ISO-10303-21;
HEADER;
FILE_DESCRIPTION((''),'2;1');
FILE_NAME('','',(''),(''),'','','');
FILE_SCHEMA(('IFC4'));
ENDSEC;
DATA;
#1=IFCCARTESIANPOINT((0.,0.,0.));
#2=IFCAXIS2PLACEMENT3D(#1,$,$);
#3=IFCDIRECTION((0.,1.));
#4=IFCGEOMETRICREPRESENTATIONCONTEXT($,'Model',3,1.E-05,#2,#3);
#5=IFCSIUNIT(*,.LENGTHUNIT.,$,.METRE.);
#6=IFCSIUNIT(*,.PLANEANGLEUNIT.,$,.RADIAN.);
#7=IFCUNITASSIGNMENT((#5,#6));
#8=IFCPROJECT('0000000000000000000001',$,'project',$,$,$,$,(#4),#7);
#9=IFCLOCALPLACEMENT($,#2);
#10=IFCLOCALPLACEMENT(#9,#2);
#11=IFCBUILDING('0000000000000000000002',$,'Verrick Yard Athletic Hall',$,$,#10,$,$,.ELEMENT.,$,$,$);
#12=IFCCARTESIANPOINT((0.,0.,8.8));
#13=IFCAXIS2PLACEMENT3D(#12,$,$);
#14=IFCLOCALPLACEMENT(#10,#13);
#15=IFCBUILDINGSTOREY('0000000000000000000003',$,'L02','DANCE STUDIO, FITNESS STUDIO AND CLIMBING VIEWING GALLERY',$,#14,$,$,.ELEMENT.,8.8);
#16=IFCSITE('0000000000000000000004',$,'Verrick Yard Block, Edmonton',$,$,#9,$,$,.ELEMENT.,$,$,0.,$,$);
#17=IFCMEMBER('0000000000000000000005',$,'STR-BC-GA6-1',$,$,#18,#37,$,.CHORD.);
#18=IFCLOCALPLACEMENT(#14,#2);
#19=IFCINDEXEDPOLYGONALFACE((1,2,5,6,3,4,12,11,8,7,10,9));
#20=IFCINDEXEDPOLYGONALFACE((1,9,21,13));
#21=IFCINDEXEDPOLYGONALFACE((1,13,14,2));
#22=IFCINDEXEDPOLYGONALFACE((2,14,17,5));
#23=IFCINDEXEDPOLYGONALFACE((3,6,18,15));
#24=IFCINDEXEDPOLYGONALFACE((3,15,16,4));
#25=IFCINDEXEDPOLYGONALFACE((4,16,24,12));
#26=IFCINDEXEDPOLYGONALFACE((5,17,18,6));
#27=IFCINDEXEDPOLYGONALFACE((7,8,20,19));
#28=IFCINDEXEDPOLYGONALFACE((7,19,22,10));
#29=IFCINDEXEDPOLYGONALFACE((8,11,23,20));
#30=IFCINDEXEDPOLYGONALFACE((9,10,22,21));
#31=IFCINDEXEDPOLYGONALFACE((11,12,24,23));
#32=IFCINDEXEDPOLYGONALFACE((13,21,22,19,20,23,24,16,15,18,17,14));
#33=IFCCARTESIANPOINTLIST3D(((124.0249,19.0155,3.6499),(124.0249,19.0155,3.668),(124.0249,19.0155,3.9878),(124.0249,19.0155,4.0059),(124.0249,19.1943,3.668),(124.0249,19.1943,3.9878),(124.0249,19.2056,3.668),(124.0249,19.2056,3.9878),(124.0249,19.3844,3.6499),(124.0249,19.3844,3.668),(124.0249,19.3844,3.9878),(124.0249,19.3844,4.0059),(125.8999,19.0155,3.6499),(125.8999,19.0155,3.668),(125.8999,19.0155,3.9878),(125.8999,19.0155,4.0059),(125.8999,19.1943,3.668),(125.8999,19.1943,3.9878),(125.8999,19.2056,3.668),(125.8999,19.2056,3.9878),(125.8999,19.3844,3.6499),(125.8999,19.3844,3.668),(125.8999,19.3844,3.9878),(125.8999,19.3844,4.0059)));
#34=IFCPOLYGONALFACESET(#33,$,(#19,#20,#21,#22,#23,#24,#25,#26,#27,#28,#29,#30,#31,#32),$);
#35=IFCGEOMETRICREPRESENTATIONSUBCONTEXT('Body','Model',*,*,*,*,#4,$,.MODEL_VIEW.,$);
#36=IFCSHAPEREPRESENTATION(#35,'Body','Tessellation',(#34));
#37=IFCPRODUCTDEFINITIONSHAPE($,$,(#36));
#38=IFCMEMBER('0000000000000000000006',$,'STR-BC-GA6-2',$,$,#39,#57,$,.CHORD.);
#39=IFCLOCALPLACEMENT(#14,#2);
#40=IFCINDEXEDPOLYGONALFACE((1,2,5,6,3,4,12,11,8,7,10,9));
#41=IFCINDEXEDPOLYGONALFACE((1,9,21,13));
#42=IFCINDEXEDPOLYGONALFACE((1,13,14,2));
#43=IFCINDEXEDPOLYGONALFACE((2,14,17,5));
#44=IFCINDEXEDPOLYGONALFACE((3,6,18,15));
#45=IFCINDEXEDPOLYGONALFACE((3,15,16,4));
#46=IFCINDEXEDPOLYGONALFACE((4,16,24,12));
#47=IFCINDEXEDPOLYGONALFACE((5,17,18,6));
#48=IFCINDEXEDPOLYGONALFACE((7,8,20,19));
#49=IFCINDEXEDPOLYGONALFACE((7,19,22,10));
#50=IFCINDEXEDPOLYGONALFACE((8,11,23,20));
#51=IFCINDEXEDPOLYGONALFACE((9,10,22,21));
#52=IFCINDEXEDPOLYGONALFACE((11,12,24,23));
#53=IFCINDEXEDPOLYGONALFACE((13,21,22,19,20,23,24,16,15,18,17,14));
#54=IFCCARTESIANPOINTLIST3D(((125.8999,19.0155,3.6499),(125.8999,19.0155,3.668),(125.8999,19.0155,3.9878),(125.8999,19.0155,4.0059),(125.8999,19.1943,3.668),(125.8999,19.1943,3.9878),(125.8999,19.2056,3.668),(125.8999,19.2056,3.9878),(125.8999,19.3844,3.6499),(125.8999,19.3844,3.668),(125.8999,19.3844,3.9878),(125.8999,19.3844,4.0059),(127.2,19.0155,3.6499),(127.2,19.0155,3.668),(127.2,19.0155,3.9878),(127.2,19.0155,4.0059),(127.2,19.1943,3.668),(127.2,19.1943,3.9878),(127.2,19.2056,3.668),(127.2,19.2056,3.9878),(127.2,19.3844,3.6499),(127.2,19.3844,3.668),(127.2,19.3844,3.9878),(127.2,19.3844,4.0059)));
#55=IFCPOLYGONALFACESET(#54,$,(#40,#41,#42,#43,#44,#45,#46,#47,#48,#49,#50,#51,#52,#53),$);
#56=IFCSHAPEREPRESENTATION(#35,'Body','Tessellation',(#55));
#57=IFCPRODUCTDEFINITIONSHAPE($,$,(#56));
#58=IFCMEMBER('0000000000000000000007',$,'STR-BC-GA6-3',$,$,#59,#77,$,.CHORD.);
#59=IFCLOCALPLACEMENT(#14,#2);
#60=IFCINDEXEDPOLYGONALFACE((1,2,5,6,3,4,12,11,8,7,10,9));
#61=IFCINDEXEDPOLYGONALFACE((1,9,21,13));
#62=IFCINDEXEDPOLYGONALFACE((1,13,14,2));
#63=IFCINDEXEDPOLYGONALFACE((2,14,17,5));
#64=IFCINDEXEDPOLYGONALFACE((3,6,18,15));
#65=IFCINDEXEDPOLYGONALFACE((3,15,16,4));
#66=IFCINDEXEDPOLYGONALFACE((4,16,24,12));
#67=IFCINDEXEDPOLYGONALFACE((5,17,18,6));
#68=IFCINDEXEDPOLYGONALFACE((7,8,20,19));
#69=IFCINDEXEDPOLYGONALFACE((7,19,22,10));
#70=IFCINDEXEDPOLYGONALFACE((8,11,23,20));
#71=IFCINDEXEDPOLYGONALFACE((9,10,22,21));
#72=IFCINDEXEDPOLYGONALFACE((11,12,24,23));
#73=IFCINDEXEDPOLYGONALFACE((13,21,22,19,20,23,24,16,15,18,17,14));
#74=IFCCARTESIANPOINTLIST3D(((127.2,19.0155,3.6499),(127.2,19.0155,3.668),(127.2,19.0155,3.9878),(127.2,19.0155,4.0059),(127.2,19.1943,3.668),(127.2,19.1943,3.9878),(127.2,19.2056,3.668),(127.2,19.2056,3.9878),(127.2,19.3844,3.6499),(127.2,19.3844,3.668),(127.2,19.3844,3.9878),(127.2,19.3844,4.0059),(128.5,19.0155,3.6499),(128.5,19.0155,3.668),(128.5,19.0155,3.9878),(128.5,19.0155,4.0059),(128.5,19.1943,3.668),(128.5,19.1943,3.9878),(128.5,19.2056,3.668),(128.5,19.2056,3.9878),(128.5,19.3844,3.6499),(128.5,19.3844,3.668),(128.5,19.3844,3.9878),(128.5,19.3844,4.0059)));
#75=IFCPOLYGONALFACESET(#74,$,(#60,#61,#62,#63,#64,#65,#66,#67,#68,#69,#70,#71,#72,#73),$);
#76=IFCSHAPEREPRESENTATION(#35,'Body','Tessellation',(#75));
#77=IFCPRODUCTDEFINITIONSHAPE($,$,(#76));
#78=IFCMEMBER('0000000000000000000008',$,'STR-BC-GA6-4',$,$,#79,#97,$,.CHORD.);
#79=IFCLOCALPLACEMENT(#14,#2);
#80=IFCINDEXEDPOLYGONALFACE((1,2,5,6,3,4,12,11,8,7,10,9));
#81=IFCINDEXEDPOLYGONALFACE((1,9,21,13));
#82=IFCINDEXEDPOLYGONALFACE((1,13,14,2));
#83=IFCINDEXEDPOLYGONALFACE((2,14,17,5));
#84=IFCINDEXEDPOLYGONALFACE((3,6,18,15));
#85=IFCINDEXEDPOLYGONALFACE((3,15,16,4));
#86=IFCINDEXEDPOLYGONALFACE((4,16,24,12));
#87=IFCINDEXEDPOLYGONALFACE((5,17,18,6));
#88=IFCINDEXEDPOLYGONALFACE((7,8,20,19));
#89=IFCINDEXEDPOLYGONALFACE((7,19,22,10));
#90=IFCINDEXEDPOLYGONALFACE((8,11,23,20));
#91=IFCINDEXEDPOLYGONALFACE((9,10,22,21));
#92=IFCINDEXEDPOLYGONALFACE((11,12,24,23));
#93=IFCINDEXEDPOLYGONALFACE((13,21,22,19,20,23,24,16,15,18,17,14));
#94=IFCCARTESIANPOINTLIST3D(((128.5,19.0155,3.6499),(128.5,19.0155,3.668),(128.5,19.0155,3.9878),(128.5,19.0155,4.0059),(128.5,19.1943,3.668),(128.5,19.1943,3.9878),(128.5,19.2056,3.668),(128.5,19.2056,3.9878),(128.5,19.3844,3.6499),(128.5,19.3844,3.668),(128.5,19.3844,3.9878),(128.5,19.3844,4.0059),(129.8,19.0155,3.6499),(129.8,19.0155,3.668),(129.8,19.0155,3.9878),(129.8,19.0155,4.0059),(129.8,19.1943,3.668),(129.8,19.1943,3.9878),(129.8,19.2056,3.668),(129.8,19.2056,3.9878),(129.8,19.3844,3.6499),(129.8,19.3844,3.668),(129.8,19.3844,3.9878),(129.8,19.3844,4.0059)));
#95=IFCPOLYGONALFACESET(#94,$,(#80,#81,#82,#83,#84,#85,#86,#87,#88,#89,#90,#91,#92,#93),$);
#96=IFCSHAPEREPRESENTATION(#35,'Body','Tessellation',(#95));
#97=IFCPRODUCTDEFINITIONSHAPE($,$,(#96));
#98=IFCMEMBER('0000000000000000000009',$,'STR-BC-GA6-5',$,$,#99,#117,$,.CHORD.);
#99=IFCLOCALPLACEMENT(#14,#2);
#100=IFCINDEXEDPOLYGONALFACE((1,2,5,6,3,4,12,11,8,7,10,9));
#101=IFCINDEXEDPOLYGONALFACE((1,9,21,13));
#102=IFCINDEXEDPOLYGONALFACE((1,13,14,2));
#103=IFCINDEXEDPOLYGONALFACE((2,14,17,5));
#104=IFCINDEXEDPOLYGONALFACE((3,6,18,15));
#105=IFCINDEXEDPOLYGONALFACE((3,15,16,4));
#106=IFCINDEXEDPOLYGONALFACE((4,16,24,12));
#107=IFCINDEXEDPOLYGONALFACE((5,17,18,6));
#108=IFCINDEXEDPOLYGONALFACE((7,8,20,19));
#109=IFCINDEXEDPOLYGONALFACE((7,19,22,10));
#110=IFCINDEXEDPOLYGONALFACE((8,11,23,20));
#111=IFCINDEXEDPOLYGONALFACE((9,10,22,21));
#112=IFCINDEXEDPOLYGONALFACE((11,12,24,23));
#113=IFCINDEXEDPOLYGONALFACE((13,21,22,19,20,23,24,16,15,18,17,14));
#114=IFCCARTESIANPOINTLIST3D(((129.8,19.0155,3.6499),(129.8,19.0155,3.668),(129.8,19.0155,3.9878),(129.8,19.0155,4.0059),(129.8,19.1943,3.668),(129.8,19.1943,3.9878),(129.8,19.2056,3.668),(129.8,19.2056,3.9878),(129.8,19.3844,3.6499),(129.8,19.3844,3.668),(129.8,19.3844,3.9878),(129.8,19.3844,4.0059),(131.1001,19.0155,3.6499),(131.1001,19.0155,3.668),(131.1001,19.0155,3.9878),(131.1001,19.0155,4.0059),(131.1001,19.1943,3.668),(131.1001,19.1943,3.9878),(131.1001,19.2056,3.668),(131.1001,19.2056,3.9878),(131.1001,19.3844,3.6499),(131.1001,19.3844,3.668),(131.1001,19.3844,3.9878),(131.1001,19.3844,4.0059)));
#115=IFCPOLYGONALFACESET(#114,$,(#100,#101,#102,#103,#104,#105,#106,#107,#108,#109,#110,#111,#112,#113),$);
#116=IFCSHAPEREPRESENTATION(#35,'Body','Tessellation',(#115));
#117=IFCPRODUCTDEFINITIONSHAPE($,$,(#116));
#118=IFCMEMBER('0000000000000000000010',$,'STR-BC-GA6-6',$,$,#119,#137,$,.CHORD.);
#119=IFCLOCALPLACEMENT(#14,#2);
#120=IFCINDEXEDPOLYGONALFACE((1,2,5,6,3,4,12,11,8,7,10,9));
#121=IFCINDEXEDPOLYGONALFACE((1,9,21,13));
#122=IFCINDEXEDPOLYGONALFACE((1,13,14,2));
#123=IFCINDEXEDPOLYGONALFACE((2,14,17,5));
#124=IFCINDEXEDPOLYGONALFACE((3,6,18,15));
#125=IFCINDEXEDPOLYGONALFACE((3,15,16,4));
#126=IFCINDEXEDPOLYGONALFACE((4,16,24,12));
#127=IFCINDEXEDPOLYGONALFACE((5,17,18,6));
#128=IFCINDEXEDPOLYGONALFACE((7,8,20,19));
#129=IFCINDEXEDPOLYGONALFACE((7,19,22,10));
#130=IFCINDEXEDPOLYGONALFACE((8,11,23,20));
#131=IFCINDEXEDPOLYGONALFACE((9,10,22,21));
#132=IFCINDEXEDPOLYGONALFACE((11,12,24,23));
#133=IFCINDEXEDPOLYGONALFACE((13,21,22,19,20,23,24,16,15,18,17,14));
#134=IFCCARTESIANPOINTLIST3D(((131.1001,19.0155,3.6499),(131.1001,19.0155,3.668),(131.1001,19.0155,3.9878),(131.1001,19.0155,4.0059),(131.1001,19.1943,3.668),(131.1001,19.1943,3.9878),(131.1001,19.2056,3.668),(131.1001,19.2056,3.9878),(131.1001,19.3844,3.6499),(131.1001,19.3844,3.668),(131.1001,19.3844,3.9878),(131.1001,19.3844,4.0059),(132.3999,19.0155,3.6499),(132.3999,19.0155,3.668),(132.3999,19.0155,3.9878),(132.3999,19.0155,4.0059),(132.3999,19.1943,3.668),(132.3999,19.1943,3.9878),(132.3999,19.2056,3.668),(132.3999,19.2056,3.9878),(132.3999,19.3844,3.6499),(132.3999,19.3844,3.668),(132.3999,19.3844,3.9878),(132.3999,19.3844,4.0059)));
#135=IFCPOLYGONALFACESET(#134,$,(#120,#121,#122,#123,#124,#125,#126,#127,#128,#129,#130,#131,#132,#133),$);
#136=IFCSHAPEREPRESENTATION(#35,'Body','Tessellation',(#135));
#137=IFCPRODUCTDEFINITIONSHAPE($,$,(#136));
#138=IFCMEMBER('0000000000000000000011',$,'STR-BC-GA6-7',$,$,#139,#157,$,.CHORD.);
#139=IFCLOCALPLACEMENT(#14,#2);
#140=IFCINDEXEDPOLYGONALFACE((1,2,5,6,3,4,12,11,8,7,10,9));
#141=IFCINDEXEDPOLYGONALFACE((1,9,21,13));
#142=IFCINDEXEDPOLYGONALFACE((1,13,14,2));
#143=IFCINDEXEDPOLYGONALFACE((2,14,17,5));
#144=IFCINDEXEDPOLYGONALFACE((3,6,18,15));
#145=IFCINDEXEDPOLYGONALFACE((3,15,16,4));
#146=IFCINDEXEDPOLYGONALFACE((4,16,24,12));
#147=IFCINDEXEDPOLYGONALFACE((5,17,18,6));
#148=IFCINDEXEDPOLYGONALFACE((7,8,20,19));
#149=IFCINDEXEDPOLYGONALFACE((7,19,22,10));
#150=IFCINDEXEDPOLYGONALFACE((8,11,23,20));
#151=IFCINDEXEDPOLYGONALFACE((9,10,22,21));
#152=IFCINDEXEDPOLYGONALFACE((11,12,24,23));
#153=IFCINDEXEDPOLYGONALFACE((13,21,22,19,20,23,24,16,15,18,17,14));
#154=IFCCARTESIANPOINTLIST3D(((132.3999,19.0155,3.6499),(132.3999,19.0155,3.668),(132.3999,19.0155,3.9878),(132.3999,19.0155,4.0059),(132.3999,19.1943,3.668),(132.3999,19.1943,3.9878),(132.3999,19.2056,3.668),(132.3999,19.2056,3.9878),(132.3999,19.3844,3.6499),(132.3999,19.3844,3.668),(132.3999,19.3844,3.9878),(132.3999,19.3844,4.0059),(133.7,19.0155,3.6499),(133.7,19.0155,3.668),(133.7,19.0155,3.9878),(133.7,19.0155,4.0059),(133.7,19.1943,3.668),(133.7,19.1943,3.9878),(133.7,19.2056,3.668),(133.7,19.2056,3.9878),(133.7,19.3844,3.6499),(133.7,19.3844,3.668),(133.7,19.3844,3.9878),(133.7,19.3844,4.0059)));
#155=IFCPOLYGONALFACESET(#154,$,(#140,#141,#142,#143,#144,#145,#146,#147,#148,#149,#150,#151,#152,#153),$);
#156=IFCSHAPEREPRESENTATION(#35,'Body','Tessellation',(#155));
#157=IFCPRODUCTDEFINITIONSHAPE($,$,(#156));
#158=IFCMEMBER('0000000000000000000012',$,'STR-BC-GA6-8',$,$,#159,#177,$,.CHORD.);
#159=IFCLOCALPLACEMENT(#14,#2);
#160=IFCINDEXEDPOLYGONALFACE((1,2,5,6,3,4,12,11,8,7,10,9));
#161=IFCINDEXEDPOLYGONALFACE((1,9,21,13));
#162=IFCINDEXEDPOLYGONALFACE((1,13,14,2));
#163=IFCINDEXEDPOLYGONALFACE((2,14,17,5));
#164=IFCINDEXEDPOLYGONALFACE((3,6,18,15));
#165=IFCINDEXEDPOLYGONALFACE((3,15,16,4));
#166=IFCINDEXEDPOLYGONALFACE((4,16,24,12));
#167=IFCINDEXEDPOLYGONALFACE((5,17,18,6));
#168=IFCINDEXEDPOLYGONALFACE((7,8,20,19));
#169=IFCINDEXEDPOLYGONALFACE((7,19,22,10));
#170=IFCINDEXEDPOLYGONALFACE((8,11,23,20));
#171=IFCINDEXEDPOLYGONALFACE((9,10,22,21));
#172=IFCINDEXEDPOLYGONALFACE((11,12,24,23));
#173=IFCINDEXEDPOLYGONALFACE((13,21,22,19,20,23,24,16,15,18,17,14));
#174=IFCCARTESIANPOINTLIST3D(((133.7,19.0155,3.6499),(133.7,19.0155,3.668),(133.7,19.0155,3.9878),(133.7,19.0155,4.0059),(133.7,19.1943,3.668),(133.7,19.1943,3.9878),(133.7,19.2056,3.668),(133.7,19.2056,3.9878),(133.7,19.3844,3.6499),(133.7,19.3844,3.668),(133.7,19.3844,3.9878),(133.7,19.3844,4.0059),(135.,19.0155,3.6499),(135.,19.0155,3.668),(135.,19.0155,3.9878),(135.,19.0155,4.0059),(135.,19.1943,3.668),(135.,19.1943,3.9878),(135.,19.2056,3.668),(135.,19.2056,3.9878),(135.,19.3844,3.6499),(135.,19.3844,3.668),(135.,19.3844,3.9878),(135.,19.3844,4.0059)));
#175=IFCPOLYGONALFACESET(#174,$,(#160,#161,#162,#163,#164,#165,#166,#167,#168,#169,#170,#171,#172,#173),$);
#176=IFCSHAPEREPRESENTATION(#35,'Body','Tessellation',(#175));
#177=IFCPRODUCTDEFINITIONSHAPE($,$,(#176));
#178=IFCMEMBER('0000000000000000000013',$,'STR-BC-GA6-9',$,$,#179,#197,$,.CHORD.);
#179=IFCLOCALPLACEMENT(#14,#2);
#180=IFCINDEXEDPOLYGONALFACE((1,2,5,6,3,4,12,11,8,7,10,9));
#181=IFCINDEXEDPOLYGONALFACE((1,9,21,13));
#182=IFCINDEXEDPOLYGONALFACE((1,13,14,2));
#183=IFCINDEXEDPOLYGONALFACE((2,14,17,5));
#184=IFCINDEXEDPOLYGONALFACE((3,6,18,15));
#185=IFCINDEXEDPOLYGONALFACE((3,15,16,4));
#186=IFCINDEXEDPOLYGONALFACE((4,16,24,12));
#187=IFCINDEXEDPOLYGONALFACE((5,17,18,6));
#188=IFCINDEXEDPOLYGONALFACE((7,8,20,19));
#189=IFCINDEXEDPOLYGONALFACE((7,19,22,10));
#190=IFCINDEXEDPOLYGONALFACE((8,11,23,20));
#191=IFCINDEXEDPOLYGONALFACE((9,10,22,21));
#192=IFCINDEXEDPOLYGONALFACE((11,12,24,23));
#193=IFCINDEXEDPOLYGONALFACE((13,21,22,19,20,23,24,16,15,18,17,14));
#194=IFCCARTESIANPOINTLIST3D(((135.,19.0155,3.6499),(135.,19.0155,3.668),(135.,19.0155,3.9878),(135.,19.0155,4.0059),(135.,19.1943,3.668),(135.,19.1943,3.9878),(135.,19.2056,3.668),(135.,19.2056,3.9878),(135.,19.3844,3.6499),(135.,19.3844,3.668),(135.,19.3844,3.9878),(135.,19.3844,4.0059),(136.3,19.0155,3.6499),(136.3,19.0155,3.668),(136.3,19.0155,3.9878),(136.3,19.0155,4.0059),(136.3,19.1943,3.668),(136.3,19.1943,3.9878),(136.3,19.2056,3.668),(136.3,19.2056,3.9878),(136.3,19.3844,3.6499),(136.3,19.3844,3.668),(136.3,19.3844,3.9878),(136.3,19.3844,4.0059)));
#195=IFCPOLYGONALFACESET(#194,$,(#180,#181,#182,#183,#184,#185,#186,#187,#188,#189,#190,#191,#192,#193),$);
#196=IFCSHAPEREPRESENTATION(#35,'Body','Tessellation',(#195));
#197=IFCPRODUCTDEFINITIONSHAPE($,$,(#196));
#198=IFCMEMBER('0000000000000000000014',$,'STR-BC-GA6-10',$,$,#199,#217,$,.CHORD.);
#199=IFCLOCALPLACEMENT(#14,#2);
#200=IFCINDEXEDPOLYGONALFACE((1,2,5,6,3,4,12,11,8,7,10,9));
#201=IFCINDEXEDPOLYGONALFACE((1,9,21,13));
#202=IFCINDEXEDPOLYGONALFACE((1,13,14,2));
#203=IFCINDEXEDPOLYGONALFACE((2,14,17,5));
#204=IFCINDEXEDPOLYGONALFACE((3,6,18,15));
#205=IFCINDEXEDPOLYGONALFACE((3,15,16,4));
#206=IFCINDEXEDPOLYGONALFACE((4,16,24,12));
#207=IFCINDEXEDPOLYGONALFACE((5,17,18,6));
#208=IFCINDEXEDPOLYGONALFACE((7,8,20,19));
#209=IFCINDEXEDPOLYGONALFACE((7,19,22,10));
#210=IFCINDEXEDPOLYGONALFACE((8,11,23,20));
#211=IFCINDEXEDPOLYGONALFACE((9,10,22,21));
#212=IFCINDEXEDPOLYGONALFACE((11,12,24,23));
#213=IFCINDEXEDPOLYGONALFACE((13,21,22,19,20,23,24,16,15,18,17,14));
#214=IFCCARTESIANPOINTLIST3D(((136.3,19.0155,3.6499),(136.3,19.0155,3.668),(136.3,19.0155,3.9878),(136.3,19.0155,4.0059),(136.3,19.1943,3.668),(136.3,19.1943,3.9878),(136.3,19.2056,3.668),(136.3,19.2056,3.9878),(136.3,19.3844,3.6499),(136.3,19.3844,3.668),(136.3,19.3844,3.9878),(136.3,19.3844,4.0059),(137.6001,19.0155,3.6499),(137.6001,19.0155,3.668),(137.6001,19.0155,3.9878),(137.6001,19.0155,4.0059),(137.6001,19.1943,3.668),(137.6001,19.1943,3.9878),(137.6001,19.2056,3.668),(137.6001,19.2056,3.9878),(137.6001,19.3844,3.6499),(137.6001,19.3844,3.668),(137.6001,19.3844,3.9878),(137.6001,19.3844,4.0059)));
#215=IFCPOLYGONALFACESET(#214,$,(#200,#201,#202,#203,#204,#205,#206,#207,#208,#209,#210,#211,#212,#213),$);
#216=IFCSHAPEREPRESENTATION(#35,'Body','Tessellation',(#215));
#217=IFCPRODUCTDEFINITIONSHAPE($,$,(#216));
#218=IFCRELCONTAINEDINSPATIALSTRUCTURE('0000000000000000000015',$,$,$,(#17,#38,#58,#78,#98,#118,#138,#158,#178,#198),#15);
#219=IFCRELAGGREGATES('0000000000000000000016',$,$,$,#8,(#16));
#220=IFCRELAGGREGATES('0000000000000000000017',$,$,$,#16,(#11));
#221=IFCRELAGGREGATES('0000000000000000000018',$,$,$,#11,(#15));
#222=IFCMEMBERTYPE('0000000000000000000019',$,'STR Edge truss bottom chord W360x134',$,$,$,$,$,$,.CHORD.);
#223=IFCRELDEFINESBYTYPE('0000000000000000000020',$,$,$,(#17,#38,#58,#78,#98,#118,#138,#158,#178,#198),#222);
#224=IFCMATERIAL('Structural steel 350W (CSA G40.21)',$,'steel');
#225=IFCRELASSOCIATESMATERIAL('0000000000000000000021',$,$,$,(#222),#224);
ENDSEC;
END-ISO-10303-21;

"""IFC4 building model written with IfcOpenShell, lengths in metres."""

from ifc_helpers import new_model, si_unit, direction, frame, origin, origin_2d, place, context, subcontext, project, spatial, i_section, extrude, material, material_profile, profile_set, type_object, element, save


model = new_model("IFC4")

# Units and contexts
model_context = context("Model", 3, precision=1e-05, world=origin(), true_north=direction((0.0, 1.0)))
body_context = subcontext(model_context, "Body", "Model", "MODEL_VIEW")
ifc_project = project(units=[si_unit("LENGTHUNIT", "METRE"), si_unit("PLANEANGLEUNIT", "RADIAN")], contexts=[model_context])

# Site, building, storey
site_placement = place(None, origin())
site = spatial("IfcSite", under=ifc_project, at=site_placement, Name="Verrick Yard Block, Edmonton", CompositionType="ELEMENT", RefElevation=0.0)
building_placement = place(site_placement, origin())
building = spatial("IfcBuilding", under=site, at=building_placement, Name="Verrick Yard Athletic Hall", CompositionType="ELEMENT")
storey_placement = place(building_placement, frame((0.0, 0.0, 8.8)))
storey = spatial("IfcBuildingStorey", under=building, at=storey_placement, Name="L02", Description="DANCE STUDIO, FITNESS STUDIO AND CLIMBING VIEWING GALLERY", CompositionType="ELEMENT", Elevation=8.8)

# Members
ifc_material_1 = material(Name="Structural steel 350W (CSA G40.21)", Category="steel")
ifc_material_profile_1 = material_profile(ifc_material_1, i_section(OverallWidth=0.3689, OverallDepth=0.356, WebThickness=0.0112, FlangeThickness=0.0181, at=origin_2d()), Name="W360x134")
ifc_profile_set_1 = profile_set([ifc_material_profile_1], Name="Structural steel 350W (CSA G40.21)")
member_type_1 = type_object("IfcMemberType", Name="STR Edge truss bottom chord W360x134", PredefinedType="CHORD", material=ifc_profile_set_1)
member_1_placement = place(storey_placement, frame((124.0249, 19.2, 3.8279), z_axis=(1.0, 0.0, 0.0), x_axis=(0.0, 1.0, 0.0)))
element("IfcMember", 1, at=member_1_placement, inside=storey, type_object=member_type_1, Name="STR-BC-GA6-1", PredefinedType="CHORD", context=body_context, shape_type="SweptSolid", body=[
    extrude(i_section(OverallWidth=0.3689, OverallDepth=0.356, WebThickness=0.0112, FlangeThickness=0.0181, at=origin_2d()), origin(), (0.0, 0.0, 1.0), 1.875),
])
for number, where, z_axis, x_axis, name in (
    (2, (125.8999, 19.2, 3.8279), (1.0, 0.0, 0.0), (0.0, 1.0, 0.0), "STR-BC-GA6-2"),
    (3, (127.2, 19.2, 3.8279), (1.0, 0.0, 0.0), (0.0, 1.0, 0.0), "STR-BC-GA6-3"),
    (4, (128.5, 19.2, 3.8279), (1.0, 0.0, 0.0), (0.0, 1.0, 0.0), "STR-BC-GA6-4"),
    (5, (129.8, 19.2, 3.8279), (1.0, 0.0, 0.0), (0.0, 1.0, 0.0), "STR-BC-GA6-5"),
):
    element("IfcMember", number, at=place(storey_placement, frame(where, z_axis=z_axis, x_axis=x_axis)), inside=storey, type_object=member_type_1, Name=name, PredefinedType="CHORD", context=body_context, shape_type="SweptSolid", body=[
        extrude(i_section(OverallWidth=0.3689, OverallDepth=0.356, WebThickness=0.0112, FlangeThickness=0.0181, at=origin_2d()), origin(), (0.0, 0.0, 1.0), 1.3),
    ])
member_2_placement = place(storey_placement, frame((131.1001, 19.2, 3.8279), z_axis=(1.0, 0.0, 0.0), x_axis=(0.0, 1.0, 0.0)))
element("IfcMember", 6, at=member_2_placement, inside=storey, type_object=member_type_1, Name="STR-BC-GA6-6", PredefinedType="CHORD", context=body_context, shape_type="SweptSolid", body=[
    extrude(i_section(OverallWidth=0.3689, OverallDepth=0.356, WebThickness=0.0112, FlangeThickness=0.0181, at=origin_2d()), origin(), (0.0, 0.0, 1.0), 1.2998),
])
for number, where, z_axis, x_axis, name in (
    (7, (132.3999, 19.2, 3.8279), (1.0, 0.0, 0.0), (0.0, 1.0, 0.0), "STR-BC-GA6-7"),
    (8, (133.7, 19.2, 3.8279), (1.0, 0.0, 0.0), (0.0, 1.0, 0.0), "STR-BC-GA6-8"),
    (9, (135.0, 19.2, 3.8279), (1.0, 0.0, 0.0), (0.0, 1.0, 0.0), "STR-BC-GA6-9"),
    (10, (136.3, 19.2, 3.8279), (1.0, 0.0, 0.0), (0.0, 1.0, 0.0), "STR-BC-GA6-10"),
):
    element("IfcMember", number, at=place(storey_placement, frame(where, z_axis=z_axis, x_axis=x_axis)), inside=storey, type_object=member_type_1, Name=name, PredefinedType="CHORD", context=body_context, shape_type="SweptSolid", body=[
        extrude(i_section(OverallWidth=0.3689, OverallDepth=0.356, WebThickness=0.0112, FlangeThickness=0.0181, at=origin_2d()), origin(), (0.0, 0.0, 1.0), 1.3),
    ])

save(model, "model.ifc")
